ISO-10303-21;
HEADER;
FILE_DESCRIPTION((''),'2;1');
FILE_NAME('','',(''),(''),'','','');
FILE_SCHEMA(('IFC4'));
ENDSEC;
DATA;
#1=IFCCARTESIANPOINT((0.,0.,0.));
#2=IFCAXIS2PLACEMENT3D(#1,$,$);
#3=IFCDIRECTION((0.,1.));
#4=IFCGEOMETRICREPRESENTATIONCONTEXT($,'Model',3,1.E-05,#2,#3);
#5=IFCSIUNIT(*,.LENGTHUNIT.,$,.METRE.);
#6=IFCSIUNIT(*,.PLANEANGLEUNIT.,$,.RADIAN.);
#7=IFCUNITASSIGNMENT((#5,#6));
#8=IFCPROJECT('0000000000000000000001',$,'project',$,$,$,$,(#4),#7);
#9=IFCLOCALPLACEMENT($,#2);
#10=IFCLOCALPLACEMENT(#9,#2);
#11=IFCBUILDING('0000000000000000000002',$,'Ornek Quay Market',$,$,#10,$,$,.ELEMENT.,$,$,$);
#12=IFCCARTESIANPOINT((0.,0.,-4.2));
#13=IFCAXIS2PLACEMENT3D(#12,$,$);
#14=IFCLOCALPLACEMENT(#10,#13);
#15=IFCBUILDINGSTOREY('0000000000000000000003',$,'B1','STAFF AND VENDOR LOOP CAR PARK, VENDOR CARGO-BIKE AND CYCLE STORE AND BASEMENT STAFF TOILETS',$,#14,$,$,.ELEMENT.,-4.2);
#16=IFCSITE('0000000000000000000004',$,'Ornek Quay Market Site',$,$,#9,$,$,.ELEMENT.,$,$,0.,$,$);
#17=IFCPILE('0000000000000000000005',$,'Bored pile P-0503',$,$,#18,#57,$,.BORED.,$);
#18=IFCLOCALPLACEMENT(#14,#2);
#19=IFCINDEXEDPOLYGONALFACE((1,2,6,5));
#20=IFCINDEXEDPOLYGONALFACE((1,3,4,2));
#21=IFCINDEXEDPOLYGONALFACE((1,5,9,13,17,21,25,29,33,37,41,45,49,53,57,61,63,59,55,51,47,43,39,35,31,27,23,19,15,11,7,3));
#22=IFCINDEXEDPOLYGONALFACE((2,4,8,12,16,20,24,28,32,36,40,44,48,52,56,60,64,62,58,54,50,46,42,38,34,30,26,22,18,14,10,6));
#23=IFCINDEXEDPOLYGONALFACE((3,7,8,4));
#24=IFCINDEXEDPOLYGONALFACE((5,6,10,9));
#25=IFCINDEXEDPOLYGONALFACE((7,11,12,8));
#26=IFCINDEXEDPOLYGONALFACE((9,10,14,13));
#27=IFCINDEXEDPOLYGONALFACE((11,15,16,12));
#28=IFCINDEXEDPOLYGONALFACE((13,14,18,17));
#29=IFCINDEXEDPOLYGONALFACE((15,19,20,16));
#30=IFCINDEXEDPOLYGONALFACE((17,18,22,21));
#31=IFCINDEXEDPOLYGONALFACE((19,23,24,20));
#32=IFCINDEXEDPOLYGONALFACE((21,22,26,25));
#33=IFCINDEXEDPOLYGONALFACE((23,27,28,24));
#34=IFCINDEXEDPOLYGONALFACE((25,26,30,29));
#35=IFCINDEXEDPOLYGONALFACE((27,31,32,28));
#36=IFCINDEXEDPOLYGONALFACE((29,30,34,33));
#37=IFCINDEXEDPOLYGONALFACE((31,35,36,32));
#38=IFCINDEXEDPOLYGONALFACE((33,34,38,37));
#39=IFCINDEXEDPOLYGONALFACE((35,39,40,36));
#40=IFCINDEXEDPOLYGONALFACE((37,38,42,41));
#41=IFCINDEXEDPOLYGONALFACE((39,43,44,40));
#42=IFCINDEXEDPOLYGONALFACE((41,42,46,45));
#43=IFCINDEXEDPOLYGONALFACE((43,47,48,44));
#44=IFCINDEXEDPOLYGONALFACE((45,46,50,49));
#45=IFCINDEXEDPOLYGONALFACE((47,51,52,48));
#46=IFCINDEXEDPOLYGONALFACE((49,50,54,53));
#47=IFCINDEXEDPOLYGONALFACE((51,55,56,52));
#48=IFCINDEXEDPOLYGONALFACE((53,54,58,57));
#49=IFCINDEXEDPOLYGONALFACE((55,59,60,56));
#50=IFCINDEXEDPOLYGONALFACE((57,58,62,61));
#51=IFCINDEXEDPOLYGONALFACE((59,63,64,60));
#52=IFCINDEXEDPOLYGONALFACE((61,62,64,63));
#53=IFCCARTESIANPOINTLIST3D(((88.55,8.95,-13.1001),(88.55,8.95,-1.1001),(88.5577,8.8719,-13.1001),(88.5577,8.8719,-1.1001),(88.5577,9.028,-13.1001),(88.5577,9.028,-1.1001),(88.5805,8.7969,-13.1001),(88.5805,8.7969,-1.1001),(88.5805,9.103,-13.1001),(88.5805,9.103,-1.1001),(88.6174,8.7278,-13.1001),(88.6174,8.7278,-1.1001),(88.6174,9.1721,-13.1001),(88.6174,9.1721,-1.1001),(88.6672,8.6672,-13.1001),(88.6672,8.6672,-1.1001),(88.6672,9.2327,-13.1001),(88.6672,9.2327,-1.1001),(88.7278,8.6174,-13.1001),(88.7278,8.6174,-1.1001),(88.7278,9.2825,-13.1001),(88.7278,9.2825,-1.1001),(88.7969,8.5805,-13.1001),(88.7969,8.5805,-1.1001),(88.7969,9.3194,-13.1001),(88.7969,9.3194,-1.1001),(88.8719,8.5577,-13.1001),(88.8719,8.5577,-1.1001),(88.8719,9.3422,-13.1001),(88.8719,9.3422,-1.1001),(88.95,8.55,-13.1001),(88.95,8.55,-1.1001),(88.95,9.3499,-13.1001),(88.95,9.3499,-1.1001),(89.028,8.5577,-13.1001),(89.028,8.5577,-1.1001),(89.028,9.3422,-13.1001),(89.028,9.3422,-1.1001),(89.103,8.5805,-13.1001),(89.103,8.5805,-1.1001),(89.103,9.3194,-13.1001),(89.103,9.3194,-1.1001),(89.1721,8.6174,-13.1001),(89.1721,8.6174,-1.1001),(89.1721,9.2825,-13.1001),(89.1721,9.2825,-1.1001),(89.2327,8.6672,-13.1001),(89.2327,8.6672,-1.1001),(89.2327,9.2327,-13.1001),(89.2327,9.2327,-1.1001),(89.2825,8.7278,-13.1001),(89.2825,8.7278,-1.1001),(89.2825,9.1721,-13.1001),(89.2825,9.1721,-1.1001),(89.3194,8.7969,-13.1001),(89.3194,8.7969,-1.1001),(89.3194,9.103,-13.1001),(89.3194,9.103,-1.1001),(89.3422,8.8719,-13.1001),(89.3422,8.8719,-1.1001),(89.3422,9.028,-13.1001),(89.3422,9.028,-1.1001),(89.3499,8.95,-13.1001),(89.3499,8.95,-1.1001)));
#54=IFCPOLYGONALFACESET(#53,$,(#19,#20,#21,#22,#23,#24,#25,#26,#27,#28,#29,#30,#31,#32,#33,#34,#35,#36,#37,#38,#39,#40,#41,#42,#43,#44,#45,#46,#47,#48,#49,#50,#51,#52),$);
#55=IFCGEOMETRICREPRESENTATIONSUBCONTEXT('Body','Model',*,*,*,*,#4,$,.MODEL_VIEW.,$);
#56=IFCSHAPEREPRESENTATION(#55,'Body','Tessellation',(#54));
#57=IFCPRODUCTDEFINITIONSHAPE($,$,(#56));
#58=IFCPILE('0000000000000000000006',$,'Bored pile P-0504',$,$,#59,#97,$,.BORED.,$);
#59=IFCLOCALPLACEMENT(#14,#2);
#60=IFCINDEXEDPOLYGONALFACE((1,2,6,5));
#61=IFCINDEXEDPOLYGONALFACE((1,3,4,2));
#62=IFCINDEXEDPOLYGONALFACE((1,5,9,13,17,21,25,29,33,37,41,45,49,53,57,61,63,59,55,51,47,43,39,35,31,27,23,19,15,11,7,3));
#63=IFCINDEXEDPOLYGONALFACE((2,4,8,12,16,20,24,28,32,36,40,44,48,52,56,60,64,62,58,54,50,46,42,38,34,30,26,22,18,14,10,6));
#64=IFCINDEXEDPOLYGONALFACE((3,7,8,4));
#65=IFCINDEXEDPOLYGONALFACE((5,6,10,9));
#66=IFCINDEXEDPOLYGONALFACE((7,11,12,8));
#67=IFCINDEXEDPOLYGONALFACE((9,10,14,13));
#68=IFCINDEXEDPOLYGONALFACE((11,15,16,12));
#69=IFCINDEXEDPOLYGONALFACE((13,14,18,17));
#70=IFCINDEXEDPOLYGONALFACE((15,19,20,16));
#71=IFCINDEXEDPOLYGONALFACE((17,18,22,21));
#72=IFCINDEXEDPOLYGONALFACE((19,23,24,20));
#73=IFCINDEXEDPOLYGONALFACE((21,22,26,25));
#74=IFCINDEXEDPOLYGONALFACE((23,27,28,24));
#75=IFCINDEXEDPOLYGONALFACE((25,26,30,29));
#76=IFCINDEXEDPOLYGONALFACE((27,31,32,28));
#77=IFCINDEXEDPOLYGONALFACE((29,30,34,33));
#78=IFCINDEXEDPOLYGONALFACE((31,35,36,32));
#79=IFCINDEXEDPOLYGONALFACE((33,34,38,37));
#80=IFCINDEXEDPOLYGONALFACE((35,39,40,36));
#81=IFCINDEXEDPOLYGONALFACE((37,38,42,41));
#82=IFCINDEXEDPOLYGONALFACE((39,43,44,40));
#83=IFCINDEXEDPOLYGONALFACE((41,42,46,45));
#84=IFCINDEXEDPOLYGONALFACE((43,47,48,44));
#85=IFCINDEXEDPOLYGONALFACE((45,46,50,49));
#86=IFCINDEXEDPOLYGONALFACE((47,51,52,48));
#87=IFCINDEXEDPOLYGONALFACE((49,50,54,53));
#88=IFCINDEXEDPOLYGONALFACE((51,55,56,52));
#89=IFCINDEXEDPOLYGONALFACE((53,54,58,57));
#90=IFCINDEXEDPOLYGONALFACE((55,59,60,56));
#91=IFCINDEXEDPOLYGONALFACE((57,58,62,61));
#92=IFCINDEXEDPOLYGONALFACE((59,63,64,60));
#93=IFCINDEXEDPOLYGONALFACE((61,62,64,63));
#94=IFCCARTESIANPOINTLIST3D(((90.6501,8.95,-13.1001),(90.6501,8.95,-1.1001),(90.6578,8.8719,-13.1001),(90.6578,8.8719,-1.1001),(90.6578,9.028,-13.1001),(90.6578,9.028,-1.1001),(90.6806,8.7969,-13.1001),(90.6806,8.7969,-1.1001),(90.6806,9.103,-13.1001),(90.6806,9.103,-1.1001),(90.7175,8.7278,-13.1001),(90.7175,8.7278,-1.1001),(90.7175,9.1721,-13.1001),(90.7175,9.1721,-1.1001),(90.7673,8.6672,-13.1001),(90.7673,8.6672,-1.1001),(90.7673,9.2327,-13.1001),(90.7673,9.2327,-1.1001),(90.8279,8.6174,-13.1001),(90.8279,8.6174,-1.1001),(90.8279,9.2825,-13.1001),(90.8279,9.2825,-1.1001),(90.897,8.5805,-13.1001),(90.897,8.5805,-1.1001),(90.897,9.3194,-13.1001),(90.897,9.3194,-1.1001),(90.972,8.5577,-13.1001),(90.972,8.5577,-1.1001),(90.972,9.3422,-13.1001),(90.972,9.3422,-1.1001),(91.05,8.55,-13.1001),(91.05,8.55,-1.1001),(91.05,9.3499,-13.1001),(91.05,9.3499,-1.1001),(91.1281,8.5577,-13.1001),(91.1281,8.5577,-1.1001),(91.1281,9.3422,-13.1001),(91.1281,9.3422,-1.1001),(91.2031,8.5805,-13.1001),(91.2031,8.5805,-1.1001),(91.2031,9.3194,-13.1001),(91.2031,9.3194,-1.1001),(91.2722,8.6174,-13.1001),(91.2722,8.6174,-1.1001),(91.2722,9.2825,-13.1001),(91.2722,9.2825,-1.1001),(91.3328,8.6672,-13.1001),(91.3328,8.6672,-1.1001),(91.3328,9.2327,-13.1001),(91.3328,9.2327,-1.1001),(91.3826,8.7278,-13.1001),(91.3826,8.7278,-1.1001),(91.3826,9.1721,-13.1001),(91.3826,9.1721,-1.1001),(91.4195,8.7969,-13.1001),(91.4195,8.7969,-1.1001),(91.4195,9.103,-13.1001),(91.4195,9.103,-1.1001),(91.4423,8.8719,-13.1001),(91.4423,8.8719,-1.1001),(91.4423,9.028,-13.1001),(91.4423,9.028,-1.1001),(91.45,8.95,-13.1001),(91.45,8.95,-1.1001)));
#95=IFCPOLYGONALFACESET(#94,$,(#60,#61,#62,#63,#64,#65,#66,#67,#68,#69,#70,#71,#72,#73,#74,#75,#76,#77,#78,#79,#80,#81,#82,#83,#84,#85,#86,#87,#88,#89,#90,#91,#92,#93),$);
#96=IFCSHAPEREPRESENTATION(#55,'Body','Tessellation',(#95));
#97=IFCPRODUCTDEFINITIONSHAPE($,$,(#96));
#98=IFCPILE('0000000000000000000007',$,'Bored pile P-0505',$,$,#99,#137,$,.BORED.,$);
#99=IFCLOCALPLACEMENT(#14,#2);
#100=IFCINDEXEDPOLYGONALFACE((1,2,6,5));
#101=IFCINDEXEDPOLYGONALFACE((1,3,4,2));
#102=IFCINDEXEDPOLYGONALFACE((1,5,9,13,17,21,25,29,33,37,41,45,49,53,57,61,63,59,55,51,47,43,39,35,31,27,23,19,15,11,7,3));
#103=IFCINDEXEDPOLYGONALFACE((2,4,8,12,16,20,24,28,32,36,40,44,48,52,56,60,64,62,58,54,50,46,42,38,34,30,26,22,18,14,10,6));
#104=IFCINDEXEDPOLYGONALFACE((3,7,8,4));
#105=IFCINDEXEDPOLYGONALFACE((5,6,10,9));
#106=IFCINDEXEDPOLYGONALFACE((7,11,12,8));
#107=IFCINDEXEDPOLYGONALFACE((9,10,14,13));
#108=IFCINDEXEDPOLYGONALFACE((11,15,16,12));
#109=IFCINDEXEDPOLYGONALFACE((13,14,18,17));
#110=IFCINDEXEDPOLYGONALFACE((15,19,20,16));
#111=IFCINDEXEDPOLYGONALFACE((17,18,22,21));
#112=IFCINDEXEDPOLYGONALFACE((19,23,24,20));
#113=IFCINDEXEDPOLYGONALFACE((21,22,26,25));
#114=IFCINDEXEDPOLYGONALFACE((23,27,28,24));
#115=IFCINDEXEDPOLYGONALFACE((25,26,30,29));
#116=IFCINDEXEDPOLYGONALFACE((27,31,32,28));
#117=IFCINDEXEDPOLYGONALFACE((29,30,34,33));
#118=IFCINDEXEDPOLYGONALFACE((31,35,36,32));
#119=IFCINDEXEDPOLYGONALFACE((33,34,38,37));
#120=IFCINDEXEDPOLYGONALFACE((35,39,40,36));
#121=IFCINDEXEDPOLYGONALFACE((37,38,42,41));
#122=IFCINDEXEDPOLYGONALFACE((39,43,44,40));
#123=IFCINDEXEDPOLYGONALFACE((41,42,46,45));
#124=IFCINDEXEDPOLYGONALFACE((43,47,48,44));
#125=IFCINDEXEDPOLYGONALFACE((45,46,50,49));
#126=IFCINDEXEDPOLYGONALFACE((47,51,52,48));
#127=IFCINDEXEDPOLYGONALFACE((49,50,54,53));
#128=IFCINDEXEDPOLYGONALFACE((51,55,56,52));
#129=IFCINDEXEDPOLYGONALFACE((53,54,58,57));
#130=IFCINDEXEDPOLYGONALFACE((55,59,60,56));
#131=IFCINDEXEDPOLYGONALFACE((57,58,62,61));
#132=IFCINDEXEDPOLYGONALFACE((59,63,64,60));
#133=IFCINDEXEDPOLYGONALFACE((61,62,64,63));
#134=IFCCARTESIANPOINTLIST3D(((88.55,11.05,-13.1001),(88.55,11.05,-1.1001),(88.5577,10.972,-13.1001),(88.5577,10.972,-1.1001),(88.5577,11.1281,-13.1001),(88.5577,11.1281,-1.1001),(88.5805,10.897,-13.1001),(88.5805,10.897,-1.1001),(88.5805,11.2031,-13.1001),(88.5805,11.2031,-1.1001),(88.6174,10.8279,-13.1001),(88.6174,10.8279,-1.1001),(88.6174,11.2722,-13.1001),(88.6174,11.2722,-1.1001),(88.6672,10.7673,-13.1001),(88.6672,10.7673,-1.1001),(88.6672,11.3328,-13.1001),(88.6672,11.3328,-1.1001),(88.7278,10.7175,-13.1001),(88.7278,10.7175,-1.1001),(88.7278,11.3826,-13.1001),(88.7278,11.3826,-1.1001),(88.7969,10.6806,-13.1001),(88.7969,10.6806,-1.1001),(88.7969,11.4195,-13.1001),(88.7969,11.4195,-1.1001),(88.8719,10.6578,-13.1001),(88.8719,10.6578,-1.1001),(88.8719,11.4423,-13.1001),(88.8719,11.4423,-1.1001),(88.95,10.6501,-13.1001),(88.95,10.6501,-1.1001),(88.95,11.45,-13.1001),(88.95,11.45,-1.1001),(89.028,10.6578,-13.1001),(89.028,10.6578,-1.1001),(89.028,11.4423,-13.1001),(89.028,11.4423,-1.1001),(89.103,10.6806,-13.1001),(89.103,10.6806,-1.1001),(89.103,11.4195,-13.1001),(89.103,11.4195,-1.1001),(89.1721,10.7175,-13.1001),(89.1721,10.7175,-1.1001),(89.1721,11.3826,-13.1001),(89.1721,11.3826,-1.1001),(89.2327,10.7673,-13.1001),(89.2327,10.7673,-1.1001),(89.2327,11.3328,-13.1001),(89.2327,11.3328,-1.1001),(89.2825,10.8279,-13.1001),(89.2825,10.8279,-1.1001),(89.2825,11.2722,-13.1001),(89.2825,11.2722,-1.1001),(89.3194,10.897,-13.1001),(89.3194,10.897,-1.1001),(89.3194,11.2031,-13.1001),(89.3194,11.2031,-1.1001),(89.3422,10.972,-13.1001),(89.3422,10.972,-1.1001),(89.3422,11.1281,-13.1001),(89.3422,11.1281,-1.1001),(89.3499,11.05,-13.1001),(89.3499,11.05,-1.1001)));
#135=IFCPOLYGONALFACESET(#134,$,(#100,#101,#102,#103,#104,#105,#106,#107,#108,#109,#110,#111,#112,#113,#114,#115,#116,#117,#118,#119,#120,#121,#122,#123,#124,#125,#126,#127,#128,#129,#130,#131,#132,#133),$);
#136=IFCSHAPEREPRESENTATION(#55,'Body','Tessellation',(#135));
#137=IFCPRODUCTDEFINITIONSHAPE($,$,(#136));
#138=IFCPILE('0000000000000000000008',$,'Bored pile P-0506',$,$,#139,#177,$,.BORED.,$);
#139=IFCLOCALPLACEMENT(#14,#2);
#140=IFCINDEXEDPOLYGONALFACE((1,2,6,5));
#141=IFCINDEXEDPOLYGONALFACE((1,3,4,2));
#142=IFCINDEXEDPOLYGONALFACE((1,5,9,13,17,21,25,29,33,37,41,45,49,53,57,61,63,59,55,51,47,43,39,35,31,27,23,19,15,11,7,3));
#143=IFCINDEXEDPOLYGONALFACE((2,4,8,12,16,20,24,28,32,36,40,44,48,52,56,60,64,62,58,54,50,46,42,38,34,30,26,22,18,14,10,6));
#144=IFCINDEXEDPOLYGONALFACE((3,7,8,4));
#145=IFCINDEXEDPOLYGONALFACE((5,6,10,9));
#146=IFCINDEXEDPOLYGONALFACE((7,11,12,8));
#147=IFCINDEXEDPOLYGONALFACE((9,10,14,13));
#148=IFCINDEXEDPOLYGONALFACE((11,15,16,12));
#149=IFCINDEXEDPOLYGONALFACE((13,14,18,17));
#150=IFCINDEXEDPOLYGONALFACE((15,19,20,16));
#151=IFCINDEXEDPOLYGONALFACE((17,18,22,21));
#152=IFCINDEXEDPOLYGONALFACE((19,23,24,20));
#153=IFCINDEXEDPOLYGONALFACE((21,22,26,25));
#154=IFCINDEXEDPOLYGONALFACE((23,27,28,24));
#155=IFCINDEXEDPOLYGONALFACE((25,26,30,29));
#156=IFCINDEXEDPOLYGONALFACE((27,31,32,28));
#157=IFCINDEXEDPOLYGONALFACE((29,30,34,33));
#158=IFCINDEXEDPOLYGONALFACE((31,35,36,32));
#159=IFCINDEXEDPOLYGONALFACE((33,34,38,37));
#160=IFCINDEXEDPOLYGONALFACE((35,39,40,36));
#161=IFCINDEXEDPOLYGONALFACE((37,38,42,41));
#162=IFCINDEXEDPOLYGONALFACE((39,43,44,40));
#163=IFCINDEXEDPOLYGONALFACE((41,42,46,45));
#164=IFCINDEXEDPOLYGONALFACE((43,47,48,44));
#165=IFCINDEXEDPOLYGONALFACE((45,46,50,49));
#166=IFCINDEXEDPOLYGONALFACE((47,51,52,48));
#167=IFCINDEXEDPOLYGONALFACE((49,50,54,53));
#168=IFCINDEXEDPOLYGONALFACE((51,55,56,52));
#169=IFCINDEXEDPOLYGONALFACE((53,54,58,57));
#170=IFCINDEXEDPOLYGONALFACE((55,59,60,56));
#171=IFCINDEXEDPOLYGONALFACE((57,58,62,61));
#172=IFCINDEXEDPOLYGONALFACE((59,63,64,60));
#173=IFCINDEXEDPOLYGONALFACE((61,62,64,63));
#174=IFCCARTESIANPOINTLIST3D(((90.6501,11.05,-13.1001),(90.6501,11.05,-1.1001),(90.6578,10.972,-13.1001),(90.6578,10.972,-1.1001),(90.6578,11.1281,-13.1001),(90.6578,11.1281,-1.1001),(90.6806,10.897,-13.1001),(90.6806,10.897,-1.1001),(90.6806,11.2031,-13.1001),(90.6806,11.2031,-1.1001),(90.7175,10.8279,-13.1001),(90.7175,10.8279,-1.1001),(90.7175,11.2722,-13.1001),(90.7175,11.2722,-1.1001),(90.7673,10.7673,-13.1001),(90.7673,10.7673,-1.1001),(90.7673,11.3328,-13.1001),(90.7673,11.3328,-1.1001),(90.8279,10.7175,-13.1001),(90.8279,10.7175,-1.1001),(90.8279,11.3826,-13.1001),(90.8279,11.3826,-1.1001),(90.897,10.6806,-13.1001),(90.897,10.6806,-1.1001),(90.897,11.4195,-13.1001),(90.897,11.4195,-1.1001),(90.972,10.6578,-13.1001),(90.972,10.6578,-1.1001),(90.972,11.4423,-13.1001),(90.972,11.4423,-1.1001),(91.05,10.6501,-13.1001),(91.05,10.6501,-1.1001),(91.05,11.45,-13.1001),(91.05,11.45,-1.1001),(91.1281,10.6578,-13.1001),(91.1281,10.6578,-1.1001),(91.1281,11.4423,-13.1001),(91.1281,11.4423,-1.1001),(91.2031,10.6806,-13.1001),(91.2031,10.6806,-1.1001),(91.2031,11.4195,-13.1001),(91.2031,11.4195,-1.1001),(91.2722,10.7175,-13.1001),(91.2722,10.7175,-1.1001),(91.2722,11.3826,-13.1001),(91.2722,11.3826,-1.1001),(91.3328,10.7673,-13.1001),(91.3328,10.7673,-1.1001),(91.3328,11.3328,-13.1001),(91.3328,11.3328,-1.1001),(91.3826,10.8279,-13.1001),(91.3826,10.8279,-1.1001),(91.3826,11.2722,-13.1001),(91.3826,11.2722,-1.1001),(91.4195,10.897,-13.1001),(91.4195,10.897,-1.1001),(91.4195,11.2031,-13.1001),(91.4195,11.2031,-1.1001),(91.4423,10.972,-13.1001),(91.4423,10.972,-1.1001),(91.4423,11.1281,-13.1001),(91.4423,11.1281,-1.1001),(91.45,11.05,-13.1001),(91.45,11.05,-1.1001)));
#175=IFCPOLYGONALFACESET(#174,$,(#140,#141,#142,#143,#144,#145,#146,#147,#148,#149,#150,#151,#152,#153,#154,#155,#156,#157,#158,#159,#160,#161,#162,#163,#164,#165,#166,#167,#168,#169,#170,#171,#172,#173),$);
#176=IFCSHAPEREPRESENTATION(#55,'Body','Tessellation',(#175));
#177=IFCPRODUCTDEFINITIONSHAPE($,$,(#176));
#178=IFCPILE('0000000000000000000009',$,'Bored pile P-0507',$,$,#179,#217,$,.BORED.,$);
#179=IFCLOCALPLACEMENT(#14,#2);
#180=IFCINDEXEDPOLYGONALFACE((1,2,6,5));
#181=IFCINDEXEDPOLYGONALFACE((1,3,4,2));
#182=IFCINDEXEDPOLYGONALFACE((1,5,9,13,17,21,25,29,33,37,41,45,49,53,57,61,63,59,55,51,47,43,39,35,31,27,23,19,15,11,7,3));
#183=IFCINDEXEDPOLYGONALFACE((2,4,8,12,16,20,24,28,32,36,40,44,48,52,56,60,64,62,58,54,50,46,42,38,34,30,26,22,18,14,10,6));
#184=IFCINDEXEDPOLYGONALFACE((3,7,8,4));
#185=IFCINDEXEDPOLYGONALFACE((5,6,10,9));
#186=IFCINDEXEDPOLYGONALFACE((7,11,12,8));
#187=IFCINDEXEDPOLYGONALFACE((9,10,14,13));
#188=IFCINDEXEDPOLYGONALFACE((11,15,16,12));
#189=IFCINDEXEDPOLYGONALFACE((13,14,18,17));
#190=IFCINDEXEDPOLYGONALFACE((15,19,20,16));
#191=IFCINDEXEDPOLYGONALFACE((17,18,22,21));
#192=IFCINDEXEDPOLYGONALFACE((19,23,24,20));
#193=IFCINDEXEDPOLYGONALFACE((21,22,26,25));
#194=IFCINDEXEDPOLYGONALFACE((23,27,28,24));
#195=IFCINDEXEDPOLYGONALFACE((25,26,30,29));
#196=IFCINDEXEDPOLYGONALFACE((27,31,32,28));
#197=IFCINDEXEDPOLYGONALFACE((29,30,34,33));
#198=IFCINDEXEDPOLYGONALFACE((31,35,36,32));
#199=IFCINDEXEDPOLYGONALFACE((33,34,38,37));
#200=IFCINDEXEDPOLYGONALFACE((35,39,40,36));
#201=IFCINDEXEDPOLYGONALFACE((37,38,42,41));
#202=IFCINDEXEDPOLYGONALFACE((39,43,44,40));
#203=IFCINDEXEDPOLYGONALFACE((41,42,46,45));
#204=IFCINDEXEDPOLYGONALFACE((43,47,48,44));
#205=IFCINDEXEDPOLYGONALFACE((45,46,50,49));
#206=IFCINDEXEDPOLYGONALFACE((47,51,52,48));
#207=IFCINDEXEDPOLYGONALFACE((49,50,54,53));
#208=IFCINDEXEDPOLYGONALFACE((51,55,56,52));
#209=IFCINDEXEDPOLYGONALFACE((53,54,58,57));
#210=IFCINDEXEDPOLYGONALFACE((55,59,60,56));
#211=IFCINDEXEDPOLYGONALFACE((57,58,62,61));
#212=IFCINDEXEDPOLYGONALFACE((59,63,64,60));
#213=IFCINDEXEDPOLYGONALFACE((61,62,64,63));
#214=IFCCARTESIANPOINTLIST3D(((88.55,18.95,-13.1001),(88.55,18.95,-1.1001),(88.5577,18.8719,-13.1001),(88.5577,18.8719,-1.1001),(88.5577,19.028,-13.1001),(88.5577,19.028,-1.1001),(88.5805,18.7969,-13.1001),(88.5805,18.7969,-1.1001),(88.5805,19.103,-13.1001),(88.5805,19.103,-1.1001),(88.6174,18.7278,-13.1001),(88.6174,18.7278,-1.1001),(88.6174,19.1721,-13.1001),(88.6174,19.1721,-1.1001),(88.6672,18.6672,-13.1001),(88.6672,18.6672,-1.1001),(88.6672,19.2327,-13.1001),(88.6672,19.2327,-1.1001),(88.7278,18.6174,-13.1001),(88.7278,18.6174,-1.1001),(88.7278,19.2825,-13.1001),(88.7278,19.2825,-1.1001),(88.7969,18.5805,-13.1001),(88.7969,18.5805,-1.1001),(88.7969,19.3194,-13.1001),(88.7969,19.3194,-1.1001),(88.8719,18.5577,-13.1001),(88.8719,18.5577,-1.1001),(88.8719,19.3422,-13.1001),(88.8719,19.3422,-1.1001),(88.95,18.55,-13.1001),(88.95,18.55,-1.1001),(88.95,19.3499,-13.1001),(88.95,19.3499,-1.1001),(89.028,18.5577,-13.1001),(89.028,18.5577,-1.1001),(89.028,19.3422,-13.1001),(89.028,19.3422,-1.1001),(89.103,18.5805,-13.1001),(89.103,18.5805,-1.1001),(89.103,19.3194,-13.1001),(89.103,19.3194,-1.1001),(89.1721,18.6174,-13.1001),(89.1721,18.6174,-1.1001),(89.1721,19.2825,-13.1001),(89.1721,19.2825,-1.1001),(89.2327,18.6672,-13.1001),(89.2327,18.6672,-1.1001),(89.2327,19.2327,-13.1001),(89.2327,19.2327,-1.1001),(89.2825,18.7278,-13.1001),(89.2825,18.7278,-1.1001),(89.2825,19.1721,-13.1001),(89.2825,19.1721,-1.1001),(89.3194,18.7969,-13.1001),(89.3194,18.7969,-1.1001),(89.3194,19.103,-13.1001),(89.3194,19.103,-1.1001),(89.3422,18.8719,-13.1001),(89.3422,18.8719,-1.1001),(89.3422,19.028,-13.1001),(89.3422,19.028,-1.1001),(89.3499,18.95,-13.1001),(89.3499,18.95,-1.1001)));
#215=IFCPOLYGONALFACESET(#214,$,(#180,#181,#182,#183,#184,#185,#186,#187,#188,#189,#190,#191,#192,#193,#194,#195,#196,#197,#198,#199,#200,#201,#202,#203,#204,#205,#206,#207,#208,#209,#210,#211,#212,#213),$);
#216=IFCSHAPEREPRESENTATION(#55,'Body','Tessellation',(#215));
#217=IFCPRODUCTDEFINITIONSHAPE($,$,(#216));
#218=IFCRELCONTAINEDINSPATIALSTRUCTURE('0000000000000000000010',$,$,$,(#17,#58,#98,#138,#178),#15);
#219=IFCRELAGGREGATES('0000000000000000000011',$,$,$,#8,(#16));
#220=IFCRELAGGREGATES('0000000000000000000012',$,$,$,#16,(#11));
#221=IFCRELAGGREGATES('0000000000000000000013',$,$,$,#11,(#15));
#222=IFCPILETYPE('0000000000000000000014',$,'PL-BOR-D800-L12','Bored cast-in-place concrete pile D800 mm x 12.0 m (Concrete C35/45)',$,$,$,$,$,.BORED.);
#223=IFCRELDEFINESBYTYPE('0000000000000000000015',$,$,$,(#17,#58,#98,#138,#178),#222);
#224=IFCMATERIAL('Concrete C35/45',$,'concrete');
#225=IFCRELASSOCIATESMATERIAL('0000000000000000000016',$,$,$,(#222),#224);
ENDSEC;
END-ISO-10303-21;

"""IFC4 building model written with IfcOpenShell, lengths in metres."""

from ifc_helpers import new_model, si_unit, direction, frame, origin, origin_2d, place, context, subcontext, project, spatial, circle, extrude, material, material_profile, profile_set, type_object, element, save


model = new_model("IFC4")

# Units and contexts
model_context = context("Model", 3, precision=1e-05, world=origin(), true_north=direction((0.0, 1.0)))
body_context = subcontext(model_context, "Body", "Model", "MODEL_VIEW")
ifc_project = project(units=[si_unit("LENGTHUNIT", "METRE"), si_unit("PLANEANGLEUNIT", "RADIAN")], contexts=[model_context])

# Site, building, storey
site_placement = place(None, origin())
site = spatial("IfcSite", under=ifc_project, at=site_placement, Name="Ornek Quay Market Site", CompositionType="ELEMENT", RefElevation=0.0)
building_placement = place(site_placement, origin())
building = spatial("IfcBuilding", under=site, at=building_placement, Name="Ornek Quay Market", CompositionType="ELEMENT")
storey_placement = place(building_placement, frame((0.0, 0.0, -4.2)))
storey = spatial("IfcBuildingStorey", under=building, at=storey_placement, Name="B1", Description="STAFF AND VENDOR LOOP CAR PARK, VENDOR CARGO-BIKE AND CYCLE STORE AND BASEMENT STAFF TOILETS", CompositionType="ELEMENT", Elevation=-4.2)

# Piles
ifc_material_1 = material(Name="Concrete C35/45", Category="concrete")
ifc_material_profile_1 = material_profile(ifc_material_1, circle(Radius=0.3999, at=origin_2d()), Name="PILE D800", Category="concrete")
ifc_profile_set_1 = profile_set([ifc_material_profile_1], Name="Concrete C35/45")
pile_type = type_object("IfcPileType", Name="PL-BOR-D800-L12", Description="Bored cast-in-place concrete pile D800 mm x 12.0 m (Concrete C35/45)", PredefinedType="BORED", material=ifc_profile_set_1)
for number, where, z_axis, x_axis, name in (
    (1, (88.95, 8.95, -1.1001), (0.0, 0.0, -1.0), (1.0, 0.0, 0.0), "Bored pile P-0503"),
    (2, (91.05, 8.95, -1.1001), (0.0, 0.0, -1.0), (1.0, 0.0, 0.0), "Bored pile P-0504"),
    (3, (88.95, 11.05, -1.1001), (0.0, 0.0, -1.0), (1.0, 0.0, 0.0), "Bored pile P-0505"),
    (4, (91.05, 11.05, -1.1001), (0.0, 0.0, -1.0), (1.0, 0.0, 0.0), "Bored pile P-0506"),
    (5, (88.95, 18.95, -1.1001), (0.0, 0.0, -1.0), (1.0, 0.0, 0.0), "Bored pile P-0507"),
):
    element("IfcPile", number, at=place(storey_placement, frame(where, z_axis=z_axis, x_axis=x_axis)), inside=storey, type_object=pile_type, Name=name, PredefinedType="BORED", context=body_context, shape_type="SweptSolid", body=[
        extrude(circle(Radius=0.3999, at=origin_2d()), origin(), (0.0, 0.0, 1.0), 12.0),
    ])

save(model, "model.ifc")
